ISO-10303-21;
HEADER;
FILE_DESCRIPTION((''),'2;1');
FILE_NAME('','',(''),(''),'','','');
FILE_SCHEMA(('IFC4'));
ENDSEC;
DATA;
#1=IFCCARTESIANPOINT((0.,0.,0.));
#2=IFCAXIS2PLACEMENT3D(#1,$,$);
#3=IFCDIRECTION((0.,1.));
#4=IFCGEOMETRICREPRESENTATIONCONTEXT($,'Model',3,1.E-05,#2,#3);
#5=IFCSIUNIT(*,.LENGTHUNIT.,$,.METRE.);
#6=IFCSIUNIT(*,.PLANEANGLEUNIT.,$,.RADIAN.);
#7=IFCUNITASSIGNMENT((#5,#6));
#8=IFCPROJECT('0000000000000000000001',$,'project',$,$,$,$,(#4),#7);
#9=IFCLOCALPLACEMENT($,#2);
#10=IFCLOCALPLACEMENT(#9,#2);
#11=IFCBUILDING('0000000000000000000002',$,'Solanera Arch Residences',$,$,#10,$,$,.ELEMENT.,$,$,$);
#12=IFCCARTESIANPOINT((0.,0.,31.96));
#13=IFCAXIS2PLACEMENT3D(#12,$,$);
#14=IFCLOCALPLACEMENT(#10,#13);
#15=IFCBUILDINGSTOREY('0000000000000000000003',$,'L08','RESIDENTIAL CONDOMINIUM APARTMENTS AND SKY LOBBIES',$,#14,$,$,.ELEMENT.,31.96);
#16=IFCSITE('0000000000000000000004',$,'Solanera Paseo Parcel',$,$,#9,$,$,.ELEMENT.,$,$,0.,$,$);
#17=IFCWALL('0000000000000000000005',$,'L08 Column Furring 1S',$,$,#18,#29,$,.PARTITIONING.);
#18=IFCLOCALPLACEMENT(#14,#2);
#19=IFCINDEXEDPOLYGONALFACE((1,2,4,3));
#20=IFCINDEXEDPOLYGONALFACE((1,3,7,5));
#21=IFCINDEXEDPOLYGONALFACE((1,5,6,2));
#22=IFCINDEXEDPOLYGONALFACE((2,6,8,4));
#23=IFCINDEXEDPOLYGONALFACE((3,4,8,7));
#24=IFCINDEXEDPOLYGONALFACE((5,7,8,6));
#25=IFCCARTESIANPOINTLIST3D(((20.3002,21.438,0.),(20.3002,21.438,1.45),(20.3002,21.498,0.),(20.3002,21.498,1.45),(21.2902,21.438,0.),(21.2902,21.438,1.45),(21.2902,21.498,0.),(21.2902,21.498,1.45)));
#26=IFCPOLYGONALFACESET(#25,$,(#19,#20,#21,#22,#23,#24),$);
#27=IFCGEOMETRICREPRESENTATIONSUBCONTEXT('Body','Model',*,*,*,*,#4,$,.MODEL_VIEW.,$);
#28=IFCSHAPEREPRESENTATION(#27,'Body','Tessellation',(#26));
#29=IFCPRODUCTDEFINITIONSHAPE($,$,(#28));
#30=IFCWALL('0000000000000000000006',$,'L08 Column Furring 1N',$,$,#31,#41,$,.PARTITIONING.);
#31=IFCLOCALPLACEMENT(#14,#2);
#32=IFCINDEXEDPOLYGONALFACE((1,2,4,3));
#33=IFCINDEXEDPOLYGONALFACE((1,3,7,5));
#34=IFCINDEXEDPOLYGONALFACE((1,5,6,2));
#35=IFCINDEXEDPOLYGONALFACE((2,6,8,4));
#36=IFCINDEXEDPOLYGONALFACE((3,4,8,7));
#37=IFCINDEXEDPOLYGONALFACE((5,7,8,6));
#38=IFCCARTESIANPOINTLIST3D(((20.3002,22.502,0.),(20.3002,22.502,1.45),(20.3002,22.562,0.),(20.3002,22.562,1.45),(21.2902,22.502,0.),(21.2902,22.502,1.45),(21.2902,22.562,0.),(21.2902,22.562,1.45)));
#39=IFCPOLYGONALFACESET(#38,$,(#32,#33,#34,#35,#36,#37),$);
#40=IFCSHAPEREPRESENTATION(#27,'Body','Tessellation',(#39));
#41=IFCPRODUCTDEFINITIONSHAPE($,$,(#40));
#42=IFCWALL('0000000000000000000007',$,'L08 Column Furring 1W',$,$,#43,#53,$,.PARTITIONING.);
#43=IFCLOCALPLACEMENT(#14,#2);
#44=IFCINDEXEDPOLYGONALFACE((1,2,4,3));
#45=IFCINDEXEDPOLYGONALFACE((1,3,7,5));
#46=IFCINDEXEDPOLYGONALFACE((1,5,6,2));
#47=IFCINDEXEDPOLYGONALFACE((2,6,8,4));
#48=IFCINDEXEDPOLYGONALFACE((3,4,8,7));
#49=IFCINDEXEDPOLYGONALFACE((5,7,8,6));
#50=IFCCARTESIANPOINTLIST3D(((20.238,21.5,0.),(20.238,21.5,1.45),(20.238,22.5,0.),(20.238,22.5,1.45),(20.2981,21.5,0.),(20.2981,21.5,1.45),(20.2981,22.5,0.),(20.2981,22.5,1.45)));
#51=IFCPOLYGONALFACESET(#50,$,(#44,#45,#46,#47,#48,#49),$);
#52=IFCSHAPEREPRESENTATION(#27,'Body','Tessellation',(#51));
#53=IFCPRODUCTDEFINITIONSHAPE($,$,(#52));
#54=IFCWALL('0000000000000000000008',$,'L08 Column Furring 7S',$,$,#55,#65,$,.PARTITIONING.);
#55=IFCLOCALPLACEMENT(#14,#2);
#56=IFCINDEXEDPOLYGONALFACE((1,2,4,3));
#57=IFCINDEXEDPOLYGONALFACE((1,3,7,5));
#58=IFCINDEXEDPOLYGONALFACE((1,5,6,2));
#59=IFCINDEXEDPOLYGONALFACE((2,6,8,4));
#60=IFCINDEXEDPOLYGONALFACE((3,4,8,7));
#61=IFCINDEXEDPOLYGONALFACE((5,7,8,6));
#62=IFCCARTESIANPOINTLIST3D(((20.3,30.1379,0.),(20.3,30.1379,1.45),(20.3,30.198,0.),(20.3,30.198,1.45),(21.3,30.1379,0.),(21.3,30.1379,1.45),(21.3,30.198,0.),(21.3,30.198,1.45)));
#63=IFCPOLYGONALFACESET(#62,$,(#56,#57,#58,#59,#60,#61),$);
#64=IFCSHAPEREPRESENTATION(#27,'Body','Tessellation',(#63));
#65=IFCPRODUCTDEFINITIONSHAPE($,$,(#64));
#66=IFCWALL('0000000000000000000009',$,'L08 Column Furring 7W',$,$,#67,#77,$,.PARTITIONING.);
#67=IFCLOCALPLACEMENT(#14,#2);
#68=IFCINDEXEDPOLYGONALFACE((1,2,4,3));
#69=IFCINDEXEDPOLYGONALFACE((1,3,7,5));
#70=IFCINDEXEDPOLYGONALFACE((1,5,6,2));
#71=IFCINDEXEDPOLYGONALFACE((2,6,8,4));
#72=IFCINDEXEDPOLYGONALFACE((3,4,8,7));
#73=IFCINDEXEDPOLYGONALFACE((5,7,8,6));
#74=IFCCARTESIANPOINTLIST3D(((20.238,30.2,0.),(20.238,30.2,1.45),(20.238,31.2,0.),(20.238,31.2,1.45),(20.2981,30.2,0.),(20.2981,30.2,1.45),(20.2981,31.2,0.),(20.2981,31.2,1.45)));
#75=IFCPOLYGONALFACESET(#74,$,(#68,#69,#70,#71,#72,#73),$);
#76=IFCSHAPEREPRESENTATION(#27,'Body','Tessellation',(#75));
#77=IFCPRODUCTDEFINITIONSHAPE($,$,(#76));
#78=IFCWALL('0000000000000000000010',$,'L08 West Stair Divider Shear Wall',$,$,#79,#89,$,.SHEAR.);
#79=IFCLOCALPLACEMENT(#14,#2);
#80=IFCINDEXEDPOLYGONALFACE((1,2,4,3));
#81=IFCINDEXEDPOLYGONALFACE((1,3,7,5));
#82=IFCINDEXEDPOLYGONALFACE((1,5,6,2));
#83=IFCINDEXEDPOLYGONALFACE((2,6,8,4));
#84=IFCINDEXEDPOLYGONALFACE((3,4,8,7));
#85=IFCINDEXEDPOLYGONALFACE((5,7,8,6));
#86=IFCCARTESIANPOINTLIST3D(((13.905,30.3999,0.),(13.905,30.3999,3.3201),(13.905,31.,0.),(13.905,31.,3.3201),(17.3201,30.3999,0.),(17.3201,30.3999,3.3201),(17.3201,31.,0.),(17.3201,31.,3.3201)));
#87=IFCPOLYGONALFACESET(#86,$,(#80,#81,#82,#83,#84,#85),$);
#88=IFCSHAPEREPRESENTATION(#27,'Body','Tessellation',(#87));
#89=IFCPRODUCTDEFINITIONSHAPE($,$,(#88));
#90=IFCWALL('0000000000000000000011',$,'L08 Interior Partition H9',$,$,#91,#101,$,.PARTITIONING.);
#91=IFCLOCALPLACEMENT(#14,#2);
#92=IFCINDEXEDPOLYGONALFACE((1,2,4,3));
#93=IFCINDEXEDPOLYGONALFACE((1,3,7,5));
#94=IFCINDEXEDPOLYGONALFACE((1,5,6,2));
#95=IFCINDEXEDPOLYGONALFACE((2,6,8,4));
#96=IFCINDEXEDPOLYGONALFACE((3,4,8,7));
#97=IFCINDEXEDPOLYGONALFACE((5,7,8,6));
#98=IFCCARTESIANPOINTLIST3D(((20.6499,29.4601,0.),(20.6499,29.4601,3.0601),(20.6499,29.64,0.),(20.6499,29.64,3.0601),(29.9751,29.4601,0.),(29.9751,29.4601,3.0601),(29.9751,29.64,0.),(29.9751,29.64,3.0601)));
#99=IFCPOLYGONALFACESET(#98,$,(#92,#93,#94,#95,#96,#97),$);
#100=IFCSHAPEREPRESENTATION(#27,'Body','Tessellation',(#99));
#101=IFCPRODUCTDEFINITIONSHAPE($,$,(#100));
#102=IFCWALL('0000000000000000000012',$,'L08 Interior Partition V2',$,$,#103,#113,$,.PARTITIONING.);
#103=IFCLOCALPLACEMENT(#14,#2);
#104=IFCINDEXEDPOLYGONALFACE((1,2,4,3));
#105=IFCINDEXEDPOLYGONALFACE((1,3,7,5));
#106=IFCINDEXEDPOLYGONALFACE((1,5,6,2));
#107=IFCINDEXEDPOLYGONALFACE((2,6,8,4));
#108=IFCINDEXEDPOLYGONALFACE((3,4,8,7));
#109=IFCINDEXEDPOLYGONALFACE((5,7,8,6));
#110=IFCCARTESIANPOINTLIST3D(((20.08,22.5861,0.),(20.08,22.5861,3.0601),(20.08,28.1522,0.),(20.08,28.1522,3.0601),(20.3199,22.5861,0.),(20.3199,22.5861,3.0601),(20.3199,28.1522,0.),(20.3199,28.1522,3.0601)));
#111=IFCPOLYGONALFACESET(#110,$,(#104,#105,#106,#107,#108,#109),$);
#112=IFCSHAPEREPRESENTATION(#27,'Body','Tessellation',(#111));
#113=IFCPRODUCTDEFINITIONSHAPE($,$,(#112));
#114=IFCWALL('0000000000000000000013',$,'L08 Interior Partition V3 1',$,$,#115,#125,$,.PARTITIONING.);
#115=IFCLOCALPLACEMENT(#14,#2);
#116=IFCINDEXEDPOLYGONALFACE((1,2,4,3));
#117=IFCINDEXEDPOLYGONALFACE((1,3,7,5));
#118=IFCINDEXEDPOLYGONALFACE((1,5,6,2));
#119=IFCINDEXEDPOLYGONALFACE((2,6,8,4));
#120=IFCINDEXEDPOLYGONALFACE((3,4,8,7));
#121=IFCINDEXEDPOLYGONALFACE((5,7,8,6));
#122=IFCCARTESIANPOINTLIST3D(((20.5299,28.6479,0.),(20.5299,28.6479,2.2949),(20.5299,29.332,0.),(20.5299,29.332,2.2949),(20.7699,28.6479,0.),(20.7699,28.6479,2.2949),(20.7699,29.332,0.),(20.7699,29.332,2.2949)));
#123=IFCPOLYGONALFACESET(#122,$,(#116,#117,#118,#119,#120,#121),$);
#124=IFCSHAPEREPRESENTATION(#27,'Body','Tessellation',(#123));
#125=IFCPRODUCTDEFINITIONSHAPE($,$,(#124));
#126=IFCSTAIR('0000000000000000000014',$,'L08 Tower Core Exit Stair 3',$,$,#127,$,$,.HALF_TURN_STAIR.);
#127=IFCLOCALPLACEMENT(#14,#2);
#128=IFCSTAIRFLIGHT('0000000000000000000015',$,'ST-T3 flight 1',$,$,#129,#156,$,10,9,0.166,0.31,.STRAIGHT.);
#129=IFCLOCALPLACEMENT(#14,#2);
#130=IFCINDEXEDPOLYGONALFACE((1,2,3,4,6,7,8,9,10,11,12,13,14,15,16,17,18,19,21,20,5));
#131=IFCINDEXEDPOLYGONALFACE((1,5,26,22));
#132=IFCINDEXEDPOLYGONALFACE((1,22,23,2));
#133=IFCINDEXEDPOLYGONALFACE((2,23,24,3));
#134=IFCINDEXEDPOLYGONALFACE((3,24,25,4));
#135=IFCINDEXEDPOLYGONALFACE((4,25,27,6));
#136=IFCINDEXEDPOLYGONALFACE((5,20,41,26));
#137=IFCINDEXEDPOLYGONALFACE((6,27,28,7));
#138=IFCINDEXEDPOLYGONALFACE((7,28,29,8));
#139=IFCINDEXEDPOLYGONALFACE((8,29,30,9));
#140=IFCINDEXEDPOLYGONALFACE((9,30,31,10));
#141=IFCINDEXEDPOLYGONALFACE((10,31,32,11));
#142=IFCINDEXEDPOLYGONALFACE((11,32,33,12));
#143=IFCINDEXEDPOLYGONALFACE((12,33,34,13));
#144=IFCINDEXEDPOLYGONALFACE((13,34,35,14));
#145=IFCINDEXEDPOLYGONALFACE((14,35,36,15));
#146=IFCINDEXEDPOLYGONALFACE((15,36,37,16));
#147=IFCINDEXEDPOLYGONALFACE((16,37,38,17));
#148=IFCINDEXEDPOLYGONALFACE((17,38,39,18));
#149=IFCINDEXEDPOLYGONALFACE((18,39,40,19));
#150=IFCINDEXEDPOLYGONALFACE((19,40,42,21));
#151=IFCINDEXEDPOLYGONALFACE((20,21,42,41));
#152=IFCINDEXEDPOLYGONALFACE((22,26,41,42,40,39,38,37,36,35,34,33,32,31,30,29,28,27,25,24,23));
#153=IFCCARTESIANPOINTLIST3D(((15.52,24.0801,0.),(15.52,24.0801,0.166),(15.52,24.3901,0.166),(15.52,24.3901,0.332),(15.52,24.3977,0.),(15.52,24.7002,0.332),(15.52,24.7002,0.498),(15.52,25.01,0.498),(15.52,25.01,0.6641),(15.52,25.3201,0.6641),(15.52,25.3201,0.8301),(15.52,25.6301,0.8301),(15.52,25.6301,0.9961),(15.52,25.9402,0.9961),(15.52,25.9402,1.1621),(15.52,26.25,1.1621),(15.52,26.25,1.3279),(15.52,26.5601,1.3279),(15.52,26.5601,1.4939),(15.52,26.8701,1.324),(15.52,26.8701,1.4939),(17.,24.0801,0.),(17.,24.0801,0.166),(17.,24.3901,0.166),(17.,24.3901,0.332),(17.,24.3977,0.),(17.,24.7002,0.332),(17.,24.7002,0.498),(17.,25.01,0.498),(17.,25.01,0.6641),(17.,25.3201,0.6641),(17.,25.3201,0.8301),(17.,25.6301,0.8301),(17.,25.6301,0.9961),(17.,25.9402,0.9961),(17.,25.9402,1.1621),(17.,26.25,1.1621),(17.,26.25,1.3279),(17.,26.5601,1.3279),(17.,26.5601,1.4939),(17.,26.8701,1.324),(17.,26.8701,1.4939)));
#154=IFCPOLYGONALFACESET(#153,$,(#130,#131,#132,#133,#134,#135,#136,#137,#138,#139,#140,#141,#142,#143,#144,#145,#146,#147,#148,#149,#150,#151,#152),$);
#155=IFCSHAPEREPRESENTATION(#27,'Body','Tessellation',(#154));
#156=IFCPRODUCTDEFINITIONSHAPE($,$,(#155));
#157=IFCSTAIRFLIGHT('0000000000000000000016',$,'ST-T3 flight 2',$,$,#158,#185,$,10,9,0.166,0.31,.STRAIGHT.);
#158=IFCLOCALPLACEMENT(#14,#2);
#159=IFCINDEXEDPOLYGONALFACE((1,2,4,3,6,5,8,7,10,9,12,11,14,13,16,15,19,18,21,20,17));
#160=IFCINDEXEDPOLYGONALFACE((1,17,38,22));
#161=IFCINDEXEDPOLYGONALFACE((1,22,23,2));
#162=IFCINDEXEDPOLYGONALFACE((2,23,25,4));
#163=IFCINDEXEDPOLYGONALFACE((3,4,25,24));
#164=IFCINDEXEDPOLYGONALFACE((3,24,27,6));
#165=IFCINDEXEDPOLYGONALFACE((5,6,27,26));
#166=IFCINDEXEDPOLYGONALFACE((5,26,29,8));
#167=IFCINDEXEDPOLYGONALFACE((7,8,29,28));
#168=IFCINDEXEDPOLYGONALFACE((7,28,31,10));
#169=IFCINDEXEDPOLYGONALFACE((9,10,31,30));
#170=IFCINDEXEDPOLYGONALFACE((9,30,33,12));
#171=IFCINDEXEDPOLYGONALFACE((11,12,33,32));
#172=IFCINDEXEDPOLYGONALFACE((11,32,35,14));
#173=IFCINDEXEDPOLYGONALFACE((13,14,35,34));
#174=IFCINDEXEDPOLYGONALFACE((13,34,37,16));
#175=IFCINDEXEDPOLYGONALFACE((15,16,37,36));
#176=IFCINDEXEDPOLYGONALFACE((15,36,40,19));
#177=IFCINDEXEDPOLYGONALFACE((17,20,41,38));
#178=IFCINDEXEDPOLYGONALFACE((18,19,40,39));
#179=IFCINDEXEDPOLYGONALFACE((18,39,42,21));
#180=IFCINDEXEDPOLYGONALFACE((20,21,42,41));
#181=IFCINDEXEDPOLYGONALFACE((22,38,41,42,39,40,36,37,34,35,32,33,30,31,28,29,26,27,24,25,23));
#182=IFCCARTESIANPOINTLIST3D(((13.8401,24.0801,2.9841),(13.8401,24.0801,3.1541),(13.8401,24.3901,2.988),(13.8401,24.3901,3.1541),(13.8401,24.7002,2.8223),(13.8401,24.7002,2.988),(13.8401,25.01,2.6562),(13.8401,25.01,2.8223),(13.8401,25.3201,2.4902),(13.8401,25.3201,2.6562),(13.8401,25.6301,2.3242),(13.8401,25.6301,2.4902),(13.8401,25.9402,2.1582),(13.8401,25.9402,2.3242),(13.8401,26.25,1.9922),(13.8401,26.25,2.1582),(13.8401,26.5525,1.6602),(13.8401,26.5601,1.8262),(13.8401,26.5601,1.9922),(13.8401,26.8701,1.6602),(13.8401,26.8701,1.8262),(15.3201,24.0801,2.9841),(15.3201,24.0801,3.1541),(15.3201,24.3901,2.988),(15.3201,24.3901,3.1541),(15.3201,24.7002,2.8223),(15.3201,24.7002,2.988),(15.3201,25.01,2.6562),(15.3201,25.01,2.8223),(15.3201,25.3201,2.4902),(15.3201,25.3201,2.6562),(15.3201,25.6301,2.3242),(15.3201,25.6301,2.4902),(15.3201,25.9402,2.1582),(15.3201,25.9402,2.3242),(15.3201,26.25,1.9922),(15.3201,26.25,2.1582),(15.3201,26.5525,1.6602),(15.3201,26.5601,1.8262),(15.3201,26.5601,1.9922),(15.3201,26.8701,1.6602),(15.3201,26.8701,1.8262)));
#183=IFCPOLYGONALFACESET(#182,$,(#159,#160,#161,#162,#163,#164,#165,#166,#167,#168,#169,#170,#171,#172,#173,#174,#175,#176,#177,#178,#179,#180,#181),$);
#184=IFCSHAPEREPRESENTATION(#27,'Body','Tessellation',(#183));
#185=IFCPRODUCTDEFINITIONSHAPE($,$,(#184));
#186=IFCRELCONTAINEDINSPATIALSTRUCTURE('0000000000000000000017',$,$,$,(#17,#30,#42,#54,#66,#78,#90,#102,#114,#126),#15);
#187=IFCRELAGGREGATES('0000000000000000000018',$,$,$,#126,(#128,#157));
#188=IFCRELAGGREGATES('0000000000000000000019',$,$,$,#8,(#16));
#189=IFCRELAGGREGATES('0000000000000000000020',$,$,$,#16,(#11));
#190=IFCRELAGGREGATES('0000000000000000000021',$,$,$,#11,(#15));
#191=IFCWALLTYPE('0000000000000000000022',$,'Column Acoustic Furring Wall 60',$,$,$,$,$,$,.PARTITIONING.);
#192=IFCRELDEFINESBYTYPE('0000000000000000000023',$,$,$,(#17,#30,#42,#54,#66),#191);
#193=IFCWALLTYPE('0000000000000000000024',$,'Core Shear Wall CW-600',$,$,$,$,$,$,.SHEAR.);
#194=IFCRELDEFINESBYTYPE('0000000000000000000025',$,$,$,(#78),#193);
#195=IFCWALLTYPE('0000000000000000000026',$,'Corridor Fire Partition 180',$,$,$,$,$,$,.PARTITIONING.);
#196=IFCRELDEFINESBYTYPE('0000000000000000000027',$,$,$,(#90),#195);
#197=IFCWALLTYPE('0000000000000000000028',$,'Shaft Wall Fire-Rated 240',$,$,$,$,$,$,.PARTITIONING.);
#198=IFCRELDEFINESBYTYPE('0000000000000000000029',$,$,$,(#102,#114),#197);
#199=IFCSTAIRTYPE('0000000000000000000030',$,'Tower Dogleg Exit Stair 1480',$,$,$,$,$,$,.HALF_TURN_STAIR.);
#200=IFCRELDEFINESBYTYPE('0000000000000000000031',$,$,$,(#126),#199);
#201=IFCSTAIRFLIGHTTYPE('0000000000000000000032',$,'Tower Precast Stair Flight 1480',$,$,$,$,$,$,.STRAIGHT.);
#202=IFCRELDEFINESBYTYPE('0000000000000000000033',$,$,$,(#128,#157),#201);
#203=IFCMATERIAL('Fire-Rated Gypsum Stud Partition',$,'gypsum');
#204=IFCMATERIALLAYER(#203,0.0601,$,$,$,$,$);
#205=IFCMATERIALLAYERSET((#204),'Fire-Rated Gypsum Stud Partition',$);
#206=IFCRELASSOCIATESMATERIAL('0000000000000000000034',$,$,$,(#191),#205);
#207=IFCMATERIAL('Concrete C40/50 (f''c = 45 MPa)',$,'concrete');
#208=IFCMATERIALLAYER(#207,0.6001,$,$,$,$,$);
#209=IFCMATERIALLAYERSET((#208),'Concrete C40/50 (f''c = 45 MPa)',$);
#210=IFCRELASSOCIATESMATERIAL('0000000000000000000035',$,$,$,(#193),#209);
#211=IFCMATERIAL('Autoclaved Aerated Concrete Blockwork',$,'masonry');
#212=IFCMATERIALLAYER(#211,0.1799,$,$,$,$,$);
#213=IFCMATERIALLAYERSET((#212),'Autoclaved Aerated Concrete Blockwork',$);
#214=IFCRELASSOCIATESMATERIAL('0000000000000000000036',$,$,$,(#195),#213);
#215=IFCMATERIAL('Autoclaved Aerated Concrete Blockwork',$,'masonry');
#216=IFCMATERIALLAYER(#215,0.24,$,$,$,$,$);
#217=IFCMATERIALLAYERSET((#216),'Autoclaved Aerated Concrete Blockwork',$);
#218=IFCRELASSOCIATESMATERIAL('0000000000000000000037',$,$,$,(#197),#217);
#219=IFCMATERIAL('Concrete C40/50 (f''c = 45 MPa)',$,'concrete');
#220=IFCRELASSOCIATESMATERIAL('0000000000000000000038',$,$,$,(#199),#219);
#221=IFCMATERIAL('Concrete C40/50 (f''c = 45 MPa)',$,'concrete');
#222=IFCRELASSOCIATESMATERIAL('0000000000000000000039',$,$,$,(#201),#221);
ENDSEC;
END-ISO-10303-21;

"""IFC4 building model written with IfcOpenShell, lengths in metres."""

from ifc_helpers import new_model, si_unit, direction, frame, frame_2d, origin, place, context, subcontext, project, spatial, polyline, rectangle, outline, extrude, material, layer, layer_set, type_object, element, aggregate, save


model = new_model("IFC4")

# Units and contexts
model_context = context("Model", 3, precision=1e-05, world=origin(), true_north=direction((0.0, 1.0)))
body_context = subcontext(model_context, "Body", "Model", "MODEL_VIEW")
ifc_project = project(units=[si_unit("LENGTHUNIT", "METRE"), si_unit("PLANEANGLEUNIT", "RADIAN")], contexts=[model_context])

# Site, building, storey
site_placement = place(None, origin())
site = spatial("IfcSite", under=ifc_project, at=site_placement, Name="Solanera Paseo Parcel", CompositionType="ELEMENT", RefElevation=0.0)
building_placement = place(site_placement, origin())
building = spatial("IfcBuilding", under=site, at=building_placement, Name="Solanera Arch Residences", CompositionType="ELEMENT")
storey_placement = place(building_placement, frame((0.0, 0.0, 31.96)))
storey = spatial("IfcBuildingStorey", under=building, at=storey_placement, Name="L08", Description="RESIDENTIAL CONDOMINIUM APARTMENTS AND SKY LOBBIES", CompositionType="ELEMENT", Elevation=31.96)

# Walls
ifc_material_1 = material(Name="Fire-Rated Gypsum Stud Partition", Category="gypsum")
ifc_layer_1 = layer(ifc_material_1, 0.0601)
ifc_layer_set_1 = layer_set([ifc_layer_1], Name="Fire-Rated Gypsum Stud Partition")
wall_type_1 = type_object("IfcWallType", Name="Column Acoustic Furring Wall 60", PredefinedType="PARTITIONING", material=ifc_layer_set_1)
for number, where, z_axis, x_axis, name in (
    (1, (20.3, 21.468, 0.0), (0.0, 0.0, 1.0), (1.0, 0.0, 0.0), "L08 Column Furring 1S"),
    (2, (20.3, 22.532, 0.0), (0.0, 0.0, 1.0), (1.0, 0.0, 0.0), "L08 Column Furring 1N"),
):
    element("IfcWall", number, at=place(storey_placement, frame(where, z_axis=z_axis, x_axis=x_axis)), inside=storey, type_object=wall_type_1, Name=name, PredefinedType="PARTITIONING", context=body_context, shape_type="SweptSolid", body=[
        extrude(rectangle(XDim=0.99, YDim=0.0601, at=frame_2d((0.4951, 0.0))), origin(), (0.0, 0.0, 1.0), 1.45),
    ])
for number, where, z_axis, x_axis, name in (
    (3, (20.2681, 21.5, 0.0), (0.0, 0.0, 1.0), (0.0, 1.0, 0.0), "L08 Column Furring 1W"),
    (4, (20.3, 30.168, 0.0), (0.0, 0.0, 1.0), (1.0, 0.0, 0.0), "L08 Column Furring 7S"),
    (5, (20.2681, 30.2, 0.0), (0.0, 0.0, 1.0), (0.0, 1.0, 0.0), "L08 Column Furring 7W"),
):
    element("IfcWall", number, at=place(storey_placement, frame(where, z_axis=z_axis, x_axis=x_axis)), inside=storey, type_object=wall_type_1, Name=name, PredefinedType="PARTITIONING", context=body_context, shape_type="SweptSolid", body=[
        extrude(rectangle(XDim=1.0, YDim=0.0601, at=frame_2d((0.5, 0.0))), origin(), (0.0, 0.0, 1.0), 1.45),
    ])

# Walls
ifc_material_2 = material(Name="Concrete C40/50 (f'c = 45 MPa)", Category="concrete")
ifc_layer_2 = layer(ifc_material_2, 0.6001)
ifc_layer_set_2 = layer_set([ifc_layer_2], Name="Concrete C40/50 (f'c = 45 MPa)")
wall_type_2 = type_object("IfcWallType", Name="Core Shear Wall CW-600", PredefinedType="SHEAR", material=ifc_layer_set_2)
wall_1_placement = place(storey_placement, frame((13.905, 30.7, 0.0), z_axis=(0.0, 0.0, 1.0), x_axis=(1.0, 0.0, 0.0)))
element("IfcWall", 6, at=wall_1_placement, inside=storey, type_object=wall_type_2, Name="L08 West Stair Divider Shear Wall", PredefinedType="SHEAR", context=body_context, shape_type="SweptSolid", body=[
    extrude(rectangle(XDim=3.415, YDim=0.6001, at=frame_2d((1.7075, 0.0))), origin(), (0.0, 0.0, 1.0), 3.3201),
])
ifc_material_3 = material(Name="Autoclaved Aerated Concrete Blockwork", Category="masonry")
ifc_layer_3 = layer(ifc_material_3, 0.1799)
ifc_layer_set_3 = layer_set([ifc_layer_3], Name="Autoclaved Aerated Concrete Blockwork")
wall_type_3 = type_object("IfcWallType", Name="Corridor Fire Partition 180", PredefinedType="PARTITIONING", material=ifc_layer_set_3)
wall_2_placement = place(storey_placement, frame((20.6499, 29.55, 0.0), z_axis=(0.0, 0.0, 1.0), x_axis=(1.0, 0.0, 0.0)))
element("IfcWall", 7, at=wall_2_placement, inside=storey, type_object=wall_type_3, Name="L08 Interior Partition H9", PredefinedType="PARTITIONING", context=body_context, shape_type="SweptSolid", body=[
    extrude(rectangle(XDim=9.3252, YDim=0.1799, at=frame_2d((4.6626, 0.0))), origin(), (0.0, 0.0, 1.0), 3.0601),
])

# Shared definitions
ifc_material_4 = material(Name="Autoclaved Aerated Concrete Blockwork", Category="masonry")
ifc_layer_4 = layer(ifc_material_4, 0.24)
ifc_layer_set_4 = layer_set([ifc_layer_4], Name="Autoclaved Aerated Concrete Blockwork")
wall_type_4 = type_object("IfcWallType", Name="Shaft Wall Fire-Rated 240", PredefinedType="PARTITIONING", material=ifc_layer_set_4)

# Walls
wall_3_placement = place(storey_placement, frame((20.2, 22.5859, 0.0), z_axis=(0.0, 0.0, 1.0), x_axis=(0.0, 1.0, 0.0)))
element("IfcWall", 8, at=wall_3_placement, inside=storey, type_object=wall_type_4, Name="L08 Interior Partition V2", PredefinedType="PARTITIONING", context=body_context, shape_type="SweptSolid", body=[
    extrude(rectangle(XDim=5.5662, YDim=0.24, at=frame_2d((2.7832, 0.0))), origin(), (0.0, 0.0, 1.0), 3.0601),
])
wall_4_placement = place(storey_placement, frame((20.6499, 28.6479, 0.0), z_axis=(0.0, 0.0, 1.0), x_axis=(0.0, 1.0, 0.0)))
element("IfcWall", 9, at=wall_4_placement, inside=storey, type_object=wall_type_4, Name="L08 Interior Partition V3 1", PredefinedType="PARTITIONING", context=body_context, shape_type="SweptSolid", body=[
    extrude(rectangle(XDim=0.6841, YDim=0.24, at=frame_2d((0.342, 0.0))), origin(), (0.0, 0.0, 1.0), 2.2949),
])

# Stair, stair flights
ifc_material_5 = material(Name="Concrete C40/50 (f'c = 45 MPa)", Category="concrete")
stair_type = type_object("IfcStairType", Name="Tower Dogleg Exit Stair 1480", PredefinedType="HALF_TURN_STAIR", material=ifc_material_5)
stair_placement = place(storey_placement, origin())
stair = element("IfcStair", 10, at=stair_placement, inside=storey, type_object=stair_type, Name="L08 Tower Core Exit Stair 3", PredefinedType="HALF_TURN_STAIR")
ifc_material_6 = material(Name="Concrete C40/50 (f'c = 45 MPa)", Category="concrete")
stair_flight_type = type_object("IfcStairFlightType", Name="Tower Precast Stair Flight 1480", PredefinedType="STRAIGHT", material=ifc_material_6)
stair_flight_1_placement = place(storey_placement, frame((16.26, 24.0801, 0.0), z_axis=(0.0, 0.0, 1.0), x_axis=(0.0, 1.0, 0.0)))
stair_flight_1 = element("IfcStairFlight", 11, at=stair_flight_1_placement, type_object=stair_flight_type, Name="ST-T3 flight 1", NumberOfRisers=10, NumberOfTreads=9, PredefinedType="STRAIGHT", RiserHeight=0.166, TreadLength=0.31, context=body_context, shape_type="SweptSolid", body=[
    extrude(outline(polyline([(0.0, 0.0), (0.0, 0.166), (0.3101, 0.166), (0.3101, 0.332), (0.6201, 0.332), (0.6201, 0.498), (0.9299, 0.498), (0.9299, 0.6641), (1.24, 0.6641), (1.24, 0.8301), (1.55, 0.8301), (1.55, 0.9961), (1.8601, 0.9961), (1.8601, 1.1621), (2.1699, 1.1621), (2.1699, 1.3279), (2.48, 1.3279), (2.48, 1.4939), (2.79, 1.4939), (2.79, 1.6599), (2.79, 1.324), (0.3176, 0.0), (0.0, 0.0)])), frame((0.0, 0.74, 0.0), z_axis=(0.0, -1.0, 0.0), x_axis=(1.0, 0.0, 0.0)), (0.0, 0.0, 1.0), 1.48),
])
stair_flight_2_placement = place(storey_placement, frame((14.5801, 26.8701, 1.6602), z_axis=(0.0, 0.0, 1.0), x_axis=(0.0, -1.0, 0.0)))
stair_flight_2 = element("IfcStairFlight", 12, at=stair_flight_2_placement, type_object=stair_flight_type, Name="ST-T3 flight 2", NumberOfRisers=10, NumberOfTreads=9, PredefinedType="STRAIGHT", RiserHeight=0.166, TreadLength=0.31, context=body_context, shape_type="SweptSolid", body=[
    extrude(outline(polyline([(0.0, 0.0), (0.0, 0.166), (0.3101, 0.166), (0.3101, 0.332), (0.6201, 0.332), (0.6201, 0.498), (0.9299, 0.498), (0.9299, 0.6641), (1.24, 0.6641), (1.24, 0.8301), (1.55, 0.8301), (1.55, 0.9961), (1.8601, 0.9961), (1.8601, 1.1621), (2.1699, 1.1621), (2.1699, 1.3279), (2.48, 1.3279), (2.48, 1.4939), (2.79, 1.4939), (2.79, 1.6599), (2.79, 1.324), (0.3176, 0.0), (0.0, 0.0)])), frame((0.0, 0.74, 0.0), z_axis=(0.0, -1.0, 0.0), x_axis=(1.0, 0.0, 0.0)), (0.0, 0.0, 1.0), 1.48),
])
aggregate(stair, [stair_flight_1, stair_flight_2])

save(model, "model.ifc")
